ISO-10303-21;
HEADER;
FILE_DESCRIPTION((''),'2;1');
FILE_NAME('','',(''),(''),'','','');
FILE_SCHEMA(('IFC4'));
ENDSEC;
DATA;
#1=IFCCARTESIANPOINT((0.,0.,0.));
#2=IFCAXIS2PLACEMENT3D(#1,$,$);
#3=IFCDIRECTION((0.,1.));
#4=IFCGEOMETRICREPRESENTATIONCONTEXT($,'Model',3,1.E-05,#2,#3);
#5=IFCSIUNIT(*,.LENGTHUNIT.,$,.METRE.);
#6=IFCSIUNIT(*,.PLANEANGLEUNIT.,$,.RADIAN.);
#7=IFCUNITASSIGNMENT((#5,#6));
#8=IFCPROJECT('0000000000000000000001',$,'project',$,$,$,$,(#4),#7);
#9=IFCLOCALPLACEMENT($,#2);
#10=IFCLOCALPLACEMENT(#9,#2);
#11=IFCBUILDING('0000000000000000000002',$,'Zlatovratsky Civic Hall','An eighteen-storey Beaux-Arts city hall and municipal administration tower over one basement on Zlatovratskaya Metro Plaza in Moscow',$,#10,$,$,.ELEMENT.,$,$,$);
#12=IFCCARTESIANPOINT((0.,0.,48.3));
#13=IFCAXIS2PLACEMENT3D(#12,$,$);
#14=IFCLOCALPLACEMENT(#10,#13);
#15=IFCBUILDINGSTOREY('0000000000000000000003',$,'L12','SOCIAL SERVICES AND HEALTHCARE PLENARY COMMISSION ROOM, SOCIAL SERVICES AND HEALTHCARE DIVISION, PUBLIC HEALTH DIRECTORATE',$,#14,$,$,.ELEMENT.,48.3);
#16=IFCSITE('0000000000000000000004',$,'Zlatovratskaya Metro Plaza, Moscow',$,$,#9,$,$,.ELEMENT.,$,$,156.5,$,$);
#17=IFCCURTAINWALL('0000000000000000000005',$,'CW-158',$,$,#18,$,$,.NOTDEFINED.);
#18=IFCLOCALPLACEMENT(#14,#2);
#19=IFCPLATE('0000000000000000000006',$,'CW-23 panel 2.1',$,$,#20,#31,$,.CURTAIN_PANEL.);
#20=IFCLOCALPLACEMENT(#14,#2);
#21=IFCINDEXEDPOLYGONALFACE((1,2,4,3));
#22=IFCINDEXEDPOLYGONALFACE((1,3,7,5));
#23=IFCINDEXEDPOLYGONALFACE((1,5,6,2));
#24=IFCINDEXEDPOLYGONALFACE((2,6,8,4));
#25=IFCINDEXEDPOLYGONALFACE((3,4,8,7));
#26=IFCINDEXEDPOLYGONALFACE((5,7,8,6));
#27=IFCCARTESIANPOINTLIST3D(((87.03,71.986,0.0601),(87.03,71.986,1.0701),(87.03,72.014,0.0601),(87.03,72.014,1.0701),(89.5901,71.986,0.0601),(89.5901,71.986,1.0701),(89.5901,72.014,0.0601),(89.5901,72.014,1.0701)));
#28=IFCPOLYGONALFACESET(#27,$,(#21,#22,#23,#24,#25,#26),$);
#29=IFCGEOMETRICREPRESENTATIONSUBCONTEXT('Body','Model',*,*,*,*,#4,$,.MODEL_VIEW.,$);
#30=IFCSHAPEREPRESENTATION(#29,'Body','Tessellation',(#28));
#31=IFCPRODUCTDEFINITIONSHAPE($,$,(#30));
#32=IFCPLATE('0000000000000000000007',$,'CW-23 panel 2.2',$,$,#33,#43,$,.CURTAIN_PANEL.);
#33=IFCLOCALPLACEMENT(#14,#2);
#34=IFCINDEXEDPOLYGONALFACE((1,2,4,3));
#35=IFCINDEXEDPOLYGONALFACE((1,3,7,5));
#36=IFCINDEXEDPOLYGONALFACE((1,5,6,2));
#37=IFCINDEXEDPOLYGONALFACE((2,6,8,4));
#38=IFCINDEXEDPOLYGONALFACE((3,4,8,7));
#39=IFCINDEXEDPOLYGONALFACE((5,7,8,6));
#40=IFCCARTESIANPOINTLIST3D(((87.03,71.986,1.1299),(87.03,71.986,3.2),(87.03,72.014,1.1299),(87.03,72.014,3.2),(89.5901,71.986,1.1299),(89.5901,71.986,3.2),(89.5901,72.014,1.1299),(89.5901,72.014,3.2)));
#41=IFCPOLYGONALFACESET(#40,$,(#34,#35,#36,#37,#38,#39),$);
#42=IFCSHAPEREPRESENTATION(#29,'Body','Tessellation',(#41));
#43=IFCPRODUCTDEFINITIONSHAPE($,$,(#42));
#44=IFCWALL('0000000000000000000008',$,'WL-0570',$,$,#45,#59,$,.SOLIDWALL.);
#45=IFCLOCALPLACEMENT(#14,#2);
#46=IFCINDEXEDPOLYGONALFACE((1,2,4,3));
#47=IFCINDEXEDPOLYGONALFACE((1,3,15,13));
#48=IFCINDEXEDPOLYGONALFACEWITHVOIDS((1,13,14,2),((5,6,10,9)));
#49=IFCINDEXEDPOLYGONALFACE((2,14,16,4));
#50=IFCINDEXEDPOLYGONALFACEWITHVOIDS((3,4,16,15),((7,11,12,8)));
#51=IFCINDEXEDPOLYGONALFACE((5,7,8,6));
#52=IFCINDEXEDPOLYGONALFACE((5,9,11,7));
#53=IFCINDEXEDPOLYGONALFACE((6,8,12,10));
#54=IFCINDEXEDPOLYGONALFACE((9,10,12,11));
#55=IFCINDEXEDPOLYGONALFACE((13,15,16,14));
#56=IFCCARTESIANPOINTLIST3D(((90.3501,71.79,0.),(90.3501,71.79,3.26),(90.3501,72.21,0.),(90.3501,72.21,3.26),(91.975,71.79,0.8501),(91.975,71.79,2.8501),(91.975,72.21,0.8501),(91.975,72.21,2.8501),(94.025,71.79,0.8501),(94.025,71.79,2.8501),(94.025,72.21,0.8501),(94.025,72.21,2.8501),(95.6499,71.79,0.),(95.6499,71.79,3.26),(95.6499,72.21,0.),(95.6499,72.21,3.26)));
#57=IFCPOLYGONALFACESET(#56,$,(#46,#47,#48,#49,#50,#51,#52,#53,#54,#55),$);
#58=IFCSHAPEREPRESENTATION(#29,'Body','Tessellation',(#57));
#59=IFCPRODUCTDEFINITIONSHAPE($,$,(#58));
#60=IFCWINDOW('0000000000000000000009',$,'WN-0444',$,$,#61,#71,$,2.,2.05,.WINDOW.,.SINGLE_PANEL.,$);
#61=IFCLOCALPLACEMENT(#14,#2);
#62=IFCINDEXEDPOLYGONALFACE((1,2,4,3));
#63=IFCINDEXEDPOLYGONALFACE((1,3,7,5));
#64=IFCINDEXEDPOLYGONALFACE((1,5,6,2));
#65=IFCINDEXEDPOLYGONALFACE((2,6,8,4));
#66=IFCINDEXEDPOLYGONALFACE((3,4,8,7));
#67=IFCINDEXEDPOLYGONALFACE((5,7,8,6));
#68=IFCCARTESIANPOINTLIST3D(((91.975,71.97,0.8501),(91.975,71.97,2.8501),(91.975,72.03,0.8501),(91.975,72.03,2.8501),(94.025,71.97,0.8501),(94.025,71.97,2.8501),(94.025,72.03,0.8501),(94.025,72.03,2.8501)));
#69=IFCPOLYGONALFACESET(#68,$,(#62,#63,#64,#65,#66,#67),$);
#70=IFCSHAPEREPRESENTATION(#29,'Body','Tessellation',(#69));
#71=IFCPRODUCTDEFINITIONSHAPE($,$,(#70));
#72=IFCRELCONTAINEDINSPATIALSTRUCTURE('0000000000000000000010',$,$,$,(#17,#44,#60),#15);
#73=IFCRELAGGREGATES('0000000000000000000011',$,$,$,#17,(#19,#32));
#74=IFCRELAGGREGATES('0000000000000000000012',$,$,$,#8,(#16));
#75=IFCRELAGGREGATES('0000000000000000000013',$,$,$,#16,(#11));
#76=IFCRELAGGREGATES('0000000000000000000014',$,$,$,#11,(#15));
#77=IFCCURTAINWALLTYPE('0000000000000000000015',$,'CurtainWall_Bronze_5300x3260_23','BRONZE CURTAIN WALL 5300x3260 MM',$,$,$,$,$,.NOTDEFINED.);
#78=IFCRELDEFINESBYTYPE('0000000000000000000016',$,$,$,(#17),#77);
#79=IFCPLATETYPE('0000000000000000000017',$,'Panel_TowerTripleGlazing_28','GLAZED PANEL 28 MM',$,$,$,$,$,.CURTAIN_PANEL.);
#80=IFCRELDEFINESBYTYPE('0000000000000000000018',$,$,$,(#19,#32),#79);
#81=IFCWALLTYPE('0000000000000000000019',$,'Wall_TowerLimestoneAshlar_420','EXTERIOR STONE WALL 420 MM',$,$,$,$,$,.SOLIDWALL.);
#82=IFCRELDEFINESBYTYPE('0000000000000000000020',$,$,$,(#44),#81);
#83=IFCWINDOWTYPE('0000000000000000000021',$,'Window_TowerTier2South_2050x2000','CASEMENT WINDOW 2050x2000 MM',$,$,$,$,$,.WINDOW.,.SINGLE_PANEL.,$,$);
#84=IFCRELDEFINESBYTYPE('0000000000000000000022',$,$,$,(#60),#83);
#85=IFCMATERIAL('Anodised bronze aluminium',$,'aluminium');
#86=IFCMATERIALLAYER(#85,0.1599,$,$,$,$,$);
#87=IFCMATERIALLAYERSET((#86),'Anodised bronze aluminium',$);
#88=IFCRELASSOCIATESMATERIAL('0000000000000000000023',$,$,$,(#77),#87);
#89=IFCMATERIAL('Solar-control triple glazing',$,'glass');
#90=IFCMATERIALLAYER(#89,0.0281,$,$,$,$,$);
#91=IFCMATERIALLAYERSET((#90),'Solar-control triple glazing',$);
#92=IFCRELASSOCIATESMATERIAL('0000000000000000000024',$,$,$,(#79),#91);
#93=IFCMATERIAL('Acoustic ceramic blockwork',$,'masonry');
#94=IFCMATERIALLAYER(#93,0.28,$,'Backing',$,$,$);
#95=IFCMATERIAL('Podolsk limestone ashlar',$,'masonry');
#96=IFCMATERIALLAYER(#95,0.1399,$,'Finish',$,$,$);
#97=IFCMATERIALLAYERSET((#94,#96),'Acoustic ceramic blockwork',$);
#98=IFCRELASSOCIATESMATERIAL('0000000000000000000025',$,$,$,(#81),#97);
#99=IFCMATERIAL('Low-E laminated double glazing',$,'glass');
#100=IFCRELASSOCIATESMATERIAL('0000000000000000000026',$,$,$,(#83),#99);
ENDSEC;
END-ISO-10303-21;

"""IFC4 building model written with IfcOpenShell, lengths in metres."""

from ifc_helpers import new_model, si_unit, direction, frame, frame_2d, origin, origin_2d, place, context, subcontext, project, spatial, rectangle, extrude, material, layer, layer_set, type_object, element, fill, aggregate, save


model = new_model("IFC4")

# Units and contexts
model_context = context("Model", 3, precision=1e-05, world=origin(), true_north=direction((0.0, 1.0)))
body_context = subcontext(model_context, "Body", "Model", "MODEL_VIEW")
ifc_project = project(units=[si_unit("LENGTHUNIT", "METRE"), si_unit("PLANEANGLEUNIT", "RADIAN")], contexts=[model_context])

# Site, building, storey
site_placement = place(None, origin())
site = spatial("IfcSite", under=ifc_project, at=site_placement, Name="Zlatovratskaya Metro Plaza, Moscow", CompositionType="ELEMENT", RefElevation=156.5)
building_placement = place(site_placement, origin())
building = spatial("IfcBuilding", under=site, at=building_placement, Name="Zlatovratsky Civic Hall", Description="An eighteen-storey Beaux-Arts city hall and municipal administration tower over one basement on Zlatovratskaya Metro Plaza in Moscow", CompositionType="ELEMENT")
storey_placement = place(building_placement, frame((0.0, 0.0, 48.3)))
storey = spatial("IfcBuildingStorey", under=building, at=storey_placement, Name="L12", Description="SOCIAL SERVICES AND HEALTHCARE PLENARY COMMISSION ROOM, SOCIAL SERVICES AND HEALTHCARE DIVISION, PUBLIC HEALTH DIRECTORATE", CompositionType="ELEMENT", Elevation=48.3)

# Shared definitions
ifc_material_1 = material(Name="Anodised bronze aluminium", Category="aluminium")
ifc_layer_1 = layer(ifc_material_1, 0.1599)
ifc_layer_set_1 = layer_set([ifc_layer_1], Name="Anodised bronze aluminium")
curtain_wall_type = type_object("IfcCurtainWallType", Name="CurtainWall_Bronze_5300x3260_23", Description="BRONZE CURTAIN WALL 5300x3260 MM", PredefinedType="NOTDEFINED", material=ifc_layer_set_1)

# Curtain wall, plates
curtain_wall_1_placement = place(storey_placement, origin())
curtain_wall_1 = element("IfcCurtainWall", 1, at=curtain_wall_1_placement, inside=storey, type_object=curtain_wall_type, Name="CW-158", PredefinedType="NOTDEFINED")
ifc_material_2 = material(Name="Solar-control triple glazing", Category="glass")
ifc_layer_2 = layer(ifc_material_2, 0.0281)
ifc_layer_set_2 = layer_set([ifc_layer_2], Name="Solar-control triple glazing")
plate_type = type_object("IfcPlateType", Name="Panel_TowerTripleGlazing_28", Description="GLAZED PANEL 28 MM", PredefinedType="CURTAIN_PANEL", material=ifc_layer_set_2)
plate_1_placement = place(storey_placement, frame((88.3101, 72.0, 0.0601), z_axis=(0.0, 0.0, 1.0), x_axis=(1.0, 0.0, 0.0)))
plate_1 = element("IfcPlate", 2, at=plate_1_placement, type_object=plate_type, Name="CW-23 panel 2.1", PredefinedType="CURTAIN_PANEL", context=body_context, shape_type="SweptSolid", body=[
    extrude(rectangle(XDim=2.5601, YDim=0.0281, at=origin_2d()), origin(), (0.0, 0.0, 1.0), 1.01),
])
plate_2_placement = place(storey_placement, frame((88.3101, 72.0, 1.1299), z_axis=(0.0, 0.0, 1.0), x_axis=(1.0, 0.0, 0.0)))
plate_2 = element("IfcPlate", 3, at=plate_2_placement, type_object=plate_type, Name="CW-23 panel 2.2", PredefinedType="CURTAIN_PANEL", context=body_context, shape_type="SweptSolid", body=[
    extrude(rectangle(XDim=2.5601, YDim=0.0281, at=origin_2d()), origin(), (0.0, 0.0, 1.0), 2.0701),
])
aggregate(curtain_wall_1, [plate_1, plate_2])

# Wall, opening, window
ifc_material_3 = material(Name="Acoustic ceramic blockwork", Category="masonry")
ifc_layer_3 = layer(ifc_material_3, 0.28, Name="Backing")
ifc_material_4 = material(Name="Podolsk limestone ashlar", Category="masonry")
ifc_layer_4 = layer(ifc_material_4, 0.1399, Name="Finish")
ifc_layer_set_3 = layer_set([ifc_layer_3, ifc_layer_4], Name="Acoustic ceramic blockwork")
wall_type = type_object("IfcWallType", Name="Wall_TowerLimestoneAshlar_420", Description="EXTERIOR STONE WALL 420 MM", PredefinedType="SOLIDWALL", material=ifc_layer_set_3)
wall_placement = place(storey_placement, frame((90.3501, 72.0, 0.0), z_axis=(0.0, 0.0, 1.0), x_axis=(1.0, 0.0, 0.0)))
wall = element("IfcWall", 4, at=wall_placement, inside=storey, type_object=wall_type, Name="WL-0570", PredefinedType="SOLIDWALL", context=body_context, shape_type="SweptSolid", body=[
    extrude(rectangle(XDim=5.2998, YDim=0.4199, at=frame_2d((2.6499, 0.0))), origin(), (0.0, 0.0, 1.0), 3.26),
])
opening_placement = place(wall_placement, frame((1.625, 0.0, 0.8501)))
opening = element("IfcOpeningElement", 5, at=opening_placement, cuts=wall, PredefinedType="OPENING", context=body_context, shape_type="SweptSolid", body=[
    extrude(rectangle(XDim=2.05, YDim=2.0, at=frame_2d((1.0249, 1.0))), frame((0.0, 0.2249, 0.0), z_axis=(0.0, -1.0, 0.0), x_axis=(1.0, 0.0, 0.0)), (0.0, 0.0, 1.0), 0.4497),
])
ifc_material_5 = material(Name="Low-E laminated double glazing", Category="glass")
window_type = type_object("IfcWindowType", Name="Window_TowerTier2South_2050x2000", Description="CASEMENT WINDOW 2050x2000 MM", PartitioningType="SINGLE_PANEL", PredefinedType="WINDOW", material=ifc_material_5)
window_placement = place(opening_placement, origin())
window = element("IfcWindow", 6, at=window_placement, inside=storey, type_object=window_type, Name="WN-0444", OverallHeight=2.0, OverallWidth=2.05, PartitioningType="SINGLE_PANEL", PredefinedType="WINDOW", context=body_context, shape_type="SweptSolid", body=[
    extrude(rectangle(XDim=2.05, YDim=2.0, at=frame_2d((1.0249, 1.0))), frame((0.0, 0.03, 0.0), z_axis=(0.0, -1.0, 0.0), x_axis=(1.0, 0.0, 0.0)), (0.0, 0.0, 1.0), 0.0601),
])
fill(opening, window)

save(model, "model.ifc")
